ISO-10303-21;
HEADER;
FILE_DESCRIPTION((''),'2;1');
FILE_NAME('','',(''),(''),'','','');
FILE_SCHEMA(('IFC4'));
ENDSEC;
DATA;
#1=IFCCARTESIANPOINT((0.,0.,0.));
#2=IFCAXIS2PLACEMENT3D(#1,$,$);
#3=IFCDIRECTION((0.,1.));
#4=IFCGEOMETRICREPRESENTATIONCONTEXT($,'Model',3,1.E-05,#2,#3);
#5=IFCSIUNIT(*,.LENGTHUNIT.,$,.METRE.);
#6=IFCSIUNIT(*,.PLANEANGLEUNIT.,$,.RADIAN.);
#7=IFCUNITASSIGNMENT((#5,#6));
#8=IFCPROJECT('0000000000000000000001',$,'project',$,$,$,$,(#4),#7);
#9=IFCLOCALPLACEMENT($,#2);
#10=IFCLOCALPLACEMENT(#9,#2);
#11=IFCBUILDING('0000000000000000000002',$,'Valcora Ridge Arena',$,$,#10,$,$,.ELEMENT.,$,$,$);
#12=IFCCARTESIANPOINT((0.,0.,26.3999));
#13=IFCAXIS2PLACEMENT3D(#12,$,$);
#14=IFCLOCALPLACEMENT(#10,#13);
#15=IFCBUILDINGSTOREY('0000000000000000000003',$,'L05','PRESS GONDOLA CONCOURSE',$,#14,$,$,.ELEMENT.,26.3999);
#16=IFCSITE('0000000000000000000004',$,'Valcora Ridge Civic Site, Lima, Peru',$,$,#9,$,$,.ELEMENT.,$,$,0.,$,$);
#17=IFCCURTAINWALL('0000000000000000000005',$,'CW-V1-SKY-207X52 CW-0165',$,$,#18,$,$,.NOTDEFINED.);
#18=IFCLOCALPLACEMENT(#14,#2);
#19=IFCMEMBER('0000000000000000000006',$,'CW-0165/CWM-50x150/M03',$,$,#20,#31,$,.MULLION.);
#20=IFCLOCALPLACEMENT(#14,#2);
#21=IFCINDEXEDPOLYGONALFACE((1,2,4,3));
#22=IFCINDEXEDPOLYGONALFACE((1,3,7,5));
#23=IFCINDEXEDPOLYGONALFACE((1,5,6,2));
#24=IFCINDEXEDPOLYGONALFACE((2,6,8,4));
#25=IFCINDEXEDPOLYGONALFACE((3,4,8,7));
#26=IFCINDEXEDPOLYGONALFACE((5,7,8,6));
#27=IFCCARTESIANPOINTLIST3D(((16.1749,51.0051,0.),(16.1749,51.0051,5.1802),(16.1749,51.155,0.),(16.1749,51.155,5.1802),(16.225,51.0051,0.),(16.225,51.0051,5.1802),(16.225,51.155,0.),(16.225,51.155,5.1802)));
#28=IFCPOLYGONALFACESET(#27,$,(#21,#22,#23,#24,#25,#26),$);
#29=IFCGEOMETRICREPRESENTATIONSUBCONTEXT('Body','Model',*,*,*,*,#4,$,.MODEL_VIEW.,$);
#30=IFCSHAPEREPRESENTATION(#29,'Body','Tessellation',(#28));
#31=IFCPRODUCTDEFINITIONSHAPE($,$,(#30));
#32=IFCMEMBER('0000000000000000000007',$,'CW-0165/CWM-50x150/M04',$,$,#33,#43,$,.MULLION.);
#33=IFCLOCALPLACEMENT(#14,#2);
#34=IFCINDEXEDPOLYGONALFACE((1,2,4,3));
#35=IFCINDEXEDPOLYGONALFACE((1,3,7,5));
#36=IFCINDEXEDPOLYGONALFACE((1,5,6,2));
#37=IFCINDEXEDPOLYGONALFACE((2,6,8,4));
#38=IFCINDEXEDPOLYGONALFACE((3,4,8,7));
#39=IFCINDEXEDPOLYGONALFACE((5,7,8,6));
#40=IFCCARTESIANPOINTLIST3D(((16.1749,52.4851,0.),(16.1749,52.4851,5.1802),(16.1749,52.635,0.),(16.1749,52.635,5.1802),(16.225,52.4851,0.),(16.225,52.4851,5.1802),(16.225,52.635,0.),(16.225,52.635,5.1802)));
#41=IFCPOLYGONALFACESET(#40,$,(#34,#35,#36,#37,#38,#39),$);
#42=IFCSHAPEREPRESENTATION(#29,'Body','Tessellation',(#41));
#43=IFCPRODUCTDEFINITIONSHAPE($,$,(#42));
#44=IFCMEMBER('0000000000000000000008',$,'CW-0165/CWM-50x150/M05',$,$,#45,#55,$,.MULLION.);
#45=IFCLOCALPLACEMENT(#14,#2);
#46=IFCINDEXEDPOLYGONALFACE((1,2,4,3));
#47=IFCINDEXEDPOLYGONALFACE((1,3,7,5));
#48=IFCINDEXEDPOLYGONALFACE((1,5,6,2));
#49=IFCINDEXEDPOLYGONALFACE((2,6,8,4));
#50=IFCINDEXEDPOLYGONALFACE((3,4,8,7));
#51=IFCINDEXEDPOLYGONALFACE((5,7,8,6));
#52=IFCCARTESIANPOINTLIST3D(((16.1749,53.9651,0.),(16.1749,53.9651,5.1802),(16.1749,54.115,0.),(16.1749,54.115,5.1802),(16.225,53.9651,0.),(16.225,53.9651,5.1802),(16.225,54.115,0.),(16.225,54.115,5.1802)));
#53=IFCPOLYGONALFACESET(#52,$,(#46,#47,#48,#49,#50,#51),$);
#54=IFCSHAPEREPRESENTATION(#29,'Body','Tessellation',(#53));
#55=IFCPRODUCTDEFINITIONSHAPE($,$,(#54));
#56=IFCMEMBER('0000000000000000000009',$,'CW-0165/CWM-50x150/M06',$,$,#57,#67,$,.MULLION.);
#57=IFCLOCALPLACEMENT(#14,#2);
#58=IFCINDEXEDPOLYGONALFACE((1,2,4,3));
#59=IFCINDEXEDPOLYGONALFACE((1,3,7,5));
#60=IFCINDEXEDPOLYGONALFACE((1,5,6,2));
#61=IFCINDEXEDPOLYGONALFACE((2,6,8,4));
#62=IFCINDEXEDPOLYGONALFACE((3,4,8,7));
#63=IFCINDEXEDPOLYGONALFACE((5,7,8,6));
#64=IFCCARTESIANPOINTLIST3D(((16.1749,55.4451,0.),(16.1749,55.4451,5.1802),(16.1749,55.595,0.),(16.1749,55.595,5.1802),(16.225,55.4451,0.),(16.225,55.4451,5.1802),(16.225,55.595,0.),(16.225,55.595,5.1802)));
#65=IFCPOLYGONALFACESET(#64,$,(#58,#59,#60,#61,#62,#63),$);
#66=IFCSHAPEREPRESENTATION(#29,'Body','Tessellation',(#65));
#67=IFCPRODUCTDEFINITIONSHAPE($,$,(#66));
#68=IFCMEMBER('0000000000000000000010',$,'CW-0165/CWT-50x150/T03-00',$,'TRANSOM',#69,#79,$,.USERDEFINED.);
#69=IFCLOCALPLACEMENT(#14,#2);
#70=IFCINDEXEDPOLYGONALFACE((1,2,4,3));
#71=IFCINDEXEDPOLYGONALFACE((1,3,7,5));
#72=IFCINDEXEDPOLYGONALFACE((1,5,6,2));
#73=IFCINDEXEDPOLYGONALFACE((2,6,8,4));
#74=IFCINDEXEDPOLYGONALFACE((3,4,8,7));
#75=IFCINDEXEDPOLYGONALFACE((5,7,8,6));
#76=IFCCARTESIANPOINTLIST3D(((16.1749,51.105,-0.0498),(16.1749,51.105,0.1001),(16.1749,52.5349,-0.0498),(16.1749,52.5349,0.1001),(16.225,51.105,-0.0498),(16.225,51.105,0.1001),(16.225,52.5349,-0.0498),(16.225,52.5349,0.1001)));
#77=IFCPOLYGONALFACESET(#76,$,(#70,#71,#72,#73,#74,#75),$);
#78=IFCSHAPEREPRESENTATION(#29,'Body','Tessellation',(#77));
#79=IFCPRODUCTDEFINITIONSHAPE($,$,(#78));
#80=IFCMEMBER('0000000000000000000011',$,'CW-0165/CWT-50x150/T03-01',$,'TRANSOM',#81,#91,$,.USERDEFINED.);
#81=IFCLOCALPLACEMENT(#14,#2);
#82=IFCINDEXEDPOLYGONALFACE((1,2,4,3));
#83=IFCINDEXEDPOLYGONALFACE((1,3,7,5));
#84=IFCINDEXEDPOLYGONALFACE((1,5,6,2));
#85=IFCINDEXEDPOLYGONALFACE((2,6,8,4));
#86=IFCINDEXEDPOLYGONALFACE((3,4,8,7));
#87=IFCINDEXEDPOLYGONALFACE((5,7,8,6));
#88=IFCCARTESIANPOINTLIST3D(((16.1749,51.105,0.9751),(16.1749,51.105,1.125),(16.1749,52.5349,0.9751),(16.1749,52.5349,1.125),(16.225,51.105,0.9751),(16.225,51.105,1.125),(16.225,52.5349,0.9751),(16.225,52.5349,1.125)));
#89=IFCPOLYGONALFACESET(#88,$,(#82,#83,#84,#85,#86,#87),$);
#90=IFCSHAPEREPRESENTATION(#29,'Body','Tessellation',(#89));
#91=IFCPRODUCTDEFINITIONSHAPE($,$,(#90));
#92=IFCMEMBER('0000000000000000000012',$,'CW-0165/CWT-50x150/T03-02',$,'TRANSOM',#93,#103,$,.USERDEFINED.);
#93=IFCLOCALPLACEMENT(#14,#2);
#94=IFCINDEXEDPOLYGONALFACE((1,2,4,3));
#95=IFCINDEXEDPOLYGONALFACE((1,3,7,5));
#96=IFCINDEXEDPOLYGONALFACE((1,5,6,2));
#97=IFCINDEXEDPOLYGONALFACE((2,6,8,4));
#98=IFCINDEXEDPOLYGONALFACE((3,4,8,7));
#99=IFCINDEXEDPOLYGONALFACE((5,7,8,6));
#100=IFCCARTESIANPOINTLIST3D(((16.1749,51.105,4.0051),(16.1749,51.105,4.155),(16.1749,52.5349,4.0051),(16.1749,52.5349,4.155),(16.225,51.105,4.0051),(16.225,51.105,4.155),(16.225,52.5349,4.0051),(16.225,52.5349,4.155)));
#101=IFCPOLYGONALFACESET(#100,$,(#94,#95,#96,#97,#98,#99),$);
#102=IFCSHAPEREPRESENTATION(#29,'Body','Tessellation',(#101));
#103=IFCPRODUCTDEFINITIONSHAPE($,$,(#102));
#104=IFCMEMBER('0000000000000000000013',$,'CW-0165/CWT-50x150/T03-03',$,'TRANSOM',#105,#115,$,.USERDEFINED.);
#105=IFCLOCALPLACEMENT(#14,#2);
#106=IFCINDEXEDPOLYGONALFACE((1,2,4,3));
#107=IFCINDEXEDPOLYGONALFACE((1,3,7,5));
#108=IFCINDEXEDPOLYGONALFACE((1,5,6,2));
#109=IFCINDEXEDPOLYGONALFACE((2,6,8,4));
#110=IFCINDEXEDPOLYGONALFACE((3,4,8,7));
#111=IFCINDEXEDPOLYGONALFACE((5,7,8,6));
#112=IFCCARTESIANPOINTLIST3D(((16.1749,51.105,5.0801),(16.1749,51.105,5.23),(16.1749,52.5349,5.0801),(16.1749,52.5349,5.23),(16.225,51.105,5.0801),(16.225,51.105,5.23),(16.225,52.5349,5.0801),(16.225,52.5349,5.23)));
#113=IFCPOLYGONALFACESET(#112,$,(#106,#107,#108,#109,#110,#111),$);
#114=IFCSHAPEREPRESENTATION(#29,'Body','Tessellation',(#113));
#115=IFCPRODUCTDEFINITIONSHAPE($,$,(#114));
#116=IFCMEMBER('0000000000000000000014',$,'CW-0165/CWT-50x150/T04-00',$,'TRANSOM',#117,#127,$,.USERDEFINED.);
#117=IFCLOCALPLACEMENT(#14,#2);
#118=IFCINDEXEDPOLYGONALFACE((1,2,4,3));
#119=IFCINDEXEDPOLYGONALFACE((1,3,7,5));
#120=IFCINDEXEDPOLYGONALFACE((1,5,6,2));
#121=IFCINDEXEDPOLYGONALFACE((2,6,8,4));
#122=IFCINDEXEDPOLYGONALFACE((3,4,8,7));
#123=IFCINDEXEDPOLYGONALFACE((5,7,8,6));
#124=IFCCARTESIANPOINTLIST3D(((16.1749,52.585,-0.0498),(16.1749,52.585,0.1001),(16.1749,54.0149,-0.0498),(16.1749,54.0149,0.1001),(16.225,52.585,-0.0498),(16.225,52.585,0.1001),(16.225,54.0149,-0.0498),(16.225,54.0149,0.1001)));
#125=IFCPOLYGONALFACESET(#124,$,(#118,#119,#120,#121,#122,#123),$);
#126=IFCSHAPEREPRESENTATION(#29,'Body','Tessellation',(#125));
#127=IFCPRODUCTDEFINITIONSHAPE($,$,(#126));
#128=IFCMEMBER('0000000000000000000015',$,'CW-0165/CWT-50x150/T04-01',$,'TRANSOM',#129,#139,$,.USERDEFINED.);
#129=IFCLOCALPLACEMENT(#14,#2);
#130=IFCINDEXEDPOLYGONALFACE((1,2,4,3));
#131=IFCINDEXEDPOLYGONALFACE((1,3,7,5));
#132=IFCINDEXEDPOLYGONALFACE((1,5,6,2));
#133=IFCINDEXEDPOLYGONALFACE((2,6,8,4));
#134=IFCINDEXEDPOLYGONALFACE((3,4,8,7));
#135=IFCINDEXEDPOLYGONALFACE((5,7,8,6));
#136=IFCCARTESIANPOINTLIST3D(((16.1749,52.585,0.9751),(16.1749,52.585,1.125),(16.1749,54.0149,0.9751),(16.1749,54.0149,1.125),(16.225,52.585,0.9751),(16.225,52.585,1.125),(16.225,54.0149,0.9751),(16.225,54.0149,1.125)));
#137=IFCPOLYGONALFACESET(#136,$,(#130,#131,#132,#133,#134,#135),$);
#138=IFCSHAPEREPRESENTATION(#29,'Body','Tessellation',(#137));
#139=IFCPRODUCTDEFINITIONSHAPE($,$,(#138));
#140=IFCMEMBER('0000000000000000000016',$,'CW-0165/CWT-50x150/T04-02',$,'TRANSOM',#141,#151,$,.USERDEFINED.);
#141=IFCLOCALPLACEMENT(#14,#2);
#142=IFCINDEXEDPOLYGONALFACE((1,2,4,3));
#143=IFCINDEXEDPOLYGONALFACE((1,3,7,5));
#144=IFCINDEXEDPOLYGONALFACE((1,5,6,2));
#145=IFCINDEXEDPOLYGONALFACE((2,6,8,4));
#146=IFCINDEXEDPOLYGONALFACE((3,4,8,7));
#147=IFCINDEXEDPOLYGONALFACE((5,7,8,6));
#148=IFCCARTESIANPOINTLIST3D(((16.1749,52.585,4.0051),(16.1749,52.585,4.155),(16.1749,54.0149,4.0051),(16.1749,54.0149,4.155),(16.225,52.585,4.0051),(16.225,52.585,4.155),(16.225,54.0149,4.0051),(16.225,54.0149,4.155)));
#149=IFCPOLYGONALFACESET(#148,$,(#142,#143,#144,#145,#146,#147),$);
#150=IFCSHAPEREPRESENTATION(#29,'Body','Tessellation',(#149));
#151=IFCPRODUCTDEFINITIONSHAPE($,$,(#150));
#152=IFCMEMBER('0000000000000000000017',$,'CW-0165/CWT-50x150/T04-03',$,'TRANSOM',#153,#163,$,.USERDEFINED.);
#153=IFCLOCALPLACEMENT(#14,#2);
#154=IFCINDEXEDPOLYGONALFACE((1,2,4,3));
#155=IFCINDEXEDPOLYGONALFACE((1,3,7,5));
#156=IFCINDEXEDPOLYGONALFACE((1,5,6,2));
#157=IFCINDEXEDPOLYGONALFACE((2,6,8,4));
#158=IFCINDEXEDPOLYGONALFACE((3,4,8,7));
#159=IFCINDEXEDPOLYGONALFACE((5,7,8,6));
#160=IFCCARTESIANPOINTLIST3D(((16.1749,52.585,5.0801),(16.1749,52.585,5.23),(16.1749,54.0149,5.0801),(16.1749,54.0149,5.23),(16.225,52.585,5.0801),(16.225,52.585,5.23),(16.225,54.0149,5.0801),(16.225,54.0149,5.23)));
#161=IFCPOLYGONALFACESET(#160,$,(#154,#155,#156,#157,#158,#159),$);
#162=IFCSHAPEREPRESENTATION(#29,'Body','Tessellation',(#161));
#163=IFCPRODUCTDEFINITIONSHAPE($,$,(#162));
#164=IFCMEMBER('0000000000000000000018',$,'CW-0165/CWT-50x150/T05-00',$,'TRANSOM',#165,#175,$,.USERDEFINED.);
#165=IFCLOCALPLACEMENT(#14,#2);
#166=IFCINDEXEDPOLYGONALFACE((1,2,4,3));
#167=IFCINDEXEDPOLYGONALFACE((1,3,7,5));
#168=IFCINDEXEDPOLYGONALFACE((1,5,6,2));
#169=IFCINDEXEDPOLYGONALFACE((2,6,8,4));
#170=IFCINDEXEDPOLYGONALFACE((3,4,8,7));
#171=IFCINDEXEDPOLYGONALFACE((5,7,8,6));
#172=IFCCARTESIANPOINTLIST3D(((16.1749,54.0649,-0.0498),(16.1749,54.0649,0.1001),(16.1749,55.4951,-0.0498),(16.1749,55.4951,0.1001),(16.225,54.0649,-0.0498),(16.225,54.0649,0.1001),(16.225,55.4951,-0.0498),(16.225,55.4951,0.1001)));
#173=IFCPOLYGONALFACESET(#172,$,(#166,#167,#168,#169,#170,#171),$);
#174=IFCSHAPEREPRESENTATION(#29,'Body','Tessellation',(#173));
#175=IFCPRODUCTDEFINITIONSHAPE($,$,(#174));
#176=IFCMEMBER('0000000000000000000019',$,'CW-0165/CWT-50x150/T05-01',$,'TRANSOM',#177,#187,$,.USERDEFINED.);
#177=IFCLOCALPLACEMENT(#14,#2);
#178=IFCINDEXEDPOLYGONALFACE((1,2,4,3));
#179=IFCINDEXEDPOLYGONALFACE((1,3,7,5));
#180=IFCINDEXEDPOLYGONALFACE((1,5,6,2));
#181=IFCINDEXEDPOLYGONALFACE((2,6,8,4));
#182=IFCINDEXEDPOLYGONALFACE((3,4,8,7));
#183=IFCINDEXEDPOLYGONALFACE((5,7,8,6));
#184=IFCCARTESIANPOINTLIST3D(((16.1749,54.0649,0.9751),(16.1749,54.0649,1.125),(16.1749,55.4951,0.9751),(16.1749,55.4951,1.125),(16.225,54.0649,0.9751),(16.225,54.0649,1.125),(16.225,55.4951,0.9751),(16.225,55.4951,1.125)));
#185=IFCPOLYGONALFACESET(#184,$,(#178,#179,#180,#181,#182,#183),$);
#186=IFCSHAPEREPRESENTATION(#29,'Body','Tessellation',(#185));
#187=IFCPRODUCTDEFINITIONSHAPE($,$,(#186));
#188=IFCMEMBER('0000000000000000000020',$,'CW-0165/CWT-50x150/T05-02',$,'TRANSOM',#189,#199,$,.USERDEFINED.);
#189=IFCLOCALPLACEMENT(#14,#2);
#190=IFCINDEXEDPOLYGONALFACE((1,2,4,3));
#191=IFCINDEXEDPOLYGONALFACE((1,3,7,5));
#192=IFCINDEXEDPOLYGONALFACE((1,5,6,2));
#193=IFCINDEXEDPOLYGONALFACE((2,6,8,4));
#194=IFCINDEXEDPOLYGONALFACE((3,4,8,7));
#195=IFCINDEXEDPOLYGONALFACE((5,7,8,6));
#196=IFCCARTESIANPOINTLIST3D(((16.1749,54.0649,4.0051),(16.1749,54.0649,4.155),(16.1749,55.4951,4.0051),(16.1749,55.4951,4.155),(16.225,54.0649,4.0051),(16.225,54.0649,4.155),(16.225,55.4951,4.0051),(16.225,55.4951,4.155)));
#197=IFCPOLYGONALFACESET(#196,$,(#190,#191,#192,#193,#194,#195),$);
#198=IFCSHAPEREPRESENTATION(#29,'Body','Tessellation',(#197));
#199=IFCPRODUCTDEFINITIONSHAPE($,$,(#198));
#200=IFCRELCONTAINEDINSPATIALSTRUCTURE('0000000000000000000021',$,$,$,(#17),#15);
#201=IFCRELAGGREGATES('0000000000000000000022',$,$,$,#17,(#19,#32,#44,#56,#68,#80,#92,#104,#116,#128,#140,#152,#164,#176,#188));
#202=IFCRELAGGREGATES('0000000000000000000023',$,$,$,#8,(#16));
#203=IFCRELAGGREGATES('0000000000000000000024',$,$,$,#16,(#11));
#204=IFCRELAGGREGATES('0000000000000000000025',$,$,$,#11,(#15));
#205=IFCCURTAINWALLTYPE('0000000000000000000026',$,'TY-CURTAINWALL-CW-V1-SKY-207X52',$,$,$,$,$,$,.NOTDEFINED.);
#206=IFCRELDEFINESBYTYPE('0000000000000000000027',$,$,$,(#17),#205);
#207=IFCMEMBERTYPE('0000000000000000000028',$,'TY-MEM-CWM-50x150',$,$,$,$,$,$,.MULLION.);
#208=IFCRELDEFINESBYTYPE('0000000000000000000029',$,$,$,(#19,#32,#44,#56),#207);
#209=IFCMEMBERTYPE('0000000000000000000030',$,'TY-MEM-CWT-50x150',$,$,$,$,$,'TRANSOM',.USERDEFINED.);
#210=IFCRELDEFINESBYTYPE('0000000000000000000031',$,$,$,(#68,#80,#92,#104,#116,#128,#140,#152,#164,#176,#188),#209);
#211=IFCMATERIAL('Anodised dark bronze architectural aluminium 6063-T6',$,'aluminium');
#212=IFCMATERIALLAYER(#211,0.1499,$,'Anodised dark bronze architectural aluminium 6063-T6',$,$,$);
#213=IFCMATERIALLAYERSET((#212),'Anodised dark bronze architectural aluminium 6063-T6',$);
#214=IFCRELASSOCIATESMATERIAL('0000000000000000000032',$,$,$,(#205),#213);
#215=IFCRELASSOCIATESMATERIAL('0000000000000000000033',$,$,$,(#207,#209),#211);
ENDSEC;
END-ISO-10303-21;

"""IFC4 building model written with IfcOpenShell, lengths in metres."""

from ifc_helpers import new_model, si_unit, direction, frame, origin, origin_2d, place, context, subcontext, project, spatial, rectangle, extrude, material, layer, layer_set, material_profile, profile_set, type_object, element, aggregate, save


model = new_model("IFC4")

# Units and contexts
model_context = context("Model", 3, precision=1e-05, world=origin(), true_north=direction((0.0, 1.0)))
body_context = subcontext(model_context, "Body", "Model", "MODEL_VIEW")
ifc_project = project(units=[si_unit("LENGTHUNIT", "METRE"), si_unit("PLANEANGLEUNIT", "RADIAN")], contexts=[model_context])

# Site, building, storey
site_placement = place(None, origin())
site = spatial("IfcSite", under=ifc_project, at=site_placement, Name="Valcora Ridge Civic Site, Lima, Peru", CompositionType="ELEMENT", RefElevation=0.0)
building_placement = place(site_placement, origin())
building = spatial("IfcBuilding", under=site, at=building_placement, Name="Valcora Ridge Arena", CompositionType="ELEMENT")
storey_placement = place(building_placement, frame((0.0, 0.0, 26.3999)))
storey = spatial("IfcBuildingStorey", under=building, at=storey_placement, Name="L05", Description="PRESS GONDOLA CONCOURSE", CompositionType="ELEMENT", Elevation=26.3999)

# Curtain wall, members
ifc_material_1 = material(Name="Anodised dark bronze architectural aluminium 6063-T6", Category="aluminium")
ifc_layer_1 = layer(ifc_material_1, 0.1499, Name="Anodised dark bronze architectural aluminium 6063-T6")
ifc_layer_set_1 = layer_set([ifc_layer_1], Name="Anodised dark bronze architectural aluminium 6063-T6")
curtain_wall_type = type_object("IfcCurtainWallType", Name="TY-CURTAINWALL-CW-V1-SKY-207X52", PredefinedType="NOTDEFINED", material=ifc_layer_set_1)
curtain_wall_placement = place(storey_placement, origin())
curtain_wall = element("IfcCurtainWall", 1, at=curtain_wall_placement, inside=storey, type_object=curtain_wall_type, Name="CW-V1-SKY-207X52 CW-0165", PredefinedType="NOTDEFINED")
ifc_material_profile_1 = material_profile(ifc_material_1, rectangle(XDim=0.05, YDim=0.1499, at=origin_2d()), Name="ALU MULLION 50x150")
ifc_profile_set_1 = profile_set([ifc_material_profile_1], Name="Anodised dark bronze architectural aluminium 6063-T6")
member_type_1 = type_object("IfcMemberType", Name="TY-MEM-CWM-50x150", PredefinedType="MULLION", material=ifc_profile_set_1)
member_1_placement = place(storey_placement, frame((16.2, 51.0801, 0.0), z_axis=(0.0, 0.0, 1.0), x_axis=(-1.0, 0.0, 0.0)))
member_1 = element("IfcMember", 2, at=member_1_placement, type_object=member_type_1, Name="CW-0165/CWM-50x150/M03", PredefinedType="MULLION", context=body_context, shape_type="SweptSolid", body=[
    extrude(rectangle(XDim=0.05, YDim=0.1499, at=origin_2d()), origin(), (0.0, 0.0, 1.0), 5.1802),
])
member_2_placement = place(storey_placement, frame((16.2, 52.5601, 0.0), z_axis=(0.0, 0.0, 1.0), x_axis=(-1.0, 0.0, 0.0)))
member_2 = element("IfcMember", 3, at=member_2_placement, type_object=member_type_1, Name="CW-0165/CWM-50x150/M04", PredefinedType="MULLION", context=body_context, shape_type="SweptSolid", body=[
    extrude(rectangle(XDim=0.05, YDim=0.1499, at=origin_2d()), origin(), (0.0, 0.0, 1.0), 5.1802),
])
member_3_placement = place(storey_placement, frame((16.2, 54.04, 0.0), z_axis=(0.0, 0.0, 1.0), x_axis=(-1.0, 0.0, 0.0)))
member_3 = element("IfcMember", 4, at=member_3_placement, type_object=member_type_1, Name="CW-0165/CWM-50x150/M05", PredefinedType="MULLION", context=body_context, shape_type="SweptSolid", body=[
    extrude(rectangle(XDim=0.05, YDim=0.1499, at=origin_2d()), origin(), (0.0, 0.0, 1.0), 5.1802),
])
member_4_placement = place(storey_placement, frame((16.2, 55.52, 0.0), z_axis=(0.0, 0.0, 1.0), x_axis=(-1.0, 0.0, 0.0)))
member_4 = element("IfcMember", 5, at=member_4_placement, type_object=member_type_1, Name="CW-0165/CWM-50x150/M06", PredefinedType="MULLION", context=body_context, shape_type="SweptSolid", body=[
    extrude(rectangle(XDim=0.05, YDim=0.1499, at=origin_2d()), origin(), (0.0, 0.0, 1.0), 5.1802),
])
ifc_material_profile_2 = material_profile(ifc_material_1, rectangle(XDim=0.05, YDim=0.1499, at=origin_2d()), Name="ALU TRANSOM 50x150")
ifc_profile_set_2 = profile_set([ifc_material_profile_2], Name="Anodised dark bronze architectural aluminium 6063-T6")
member_type_2 = type_object("IfcMemberType", Name="TY-MEM-CWT-50x150", ElementType="TRANSOM", PredefinedType="USERDEFINED", material=ifc_profile_set_2)
member_5_placement = place(storey_placement, frame((16.2, 51.105, 0.0251), z_axis=(0.0, 1.0, 0.0), x_axis=(-1.0, 0.0, 0.0)))
member_5 = element("IfcMember", 6, at=member_5_placement, type_object=member_type_2, Name="CW-0165/CWT-50x150/T03-00", ObjectType="TRANSOM", PredefinedType="USERDEFINED", context=body_context, shape_type="SweptSolid", body=[
    extrude(rectangle(XDim=0.05, YDim=0.1499, at=origin_2d()), origin(), (0.0, 0.0, 1.0), 1.4299),
])
member_6_placement = place(storey_placement, frame((16.2, 51.105, 1.05), z_axis=(0.0, 1.0, 0.0), x_axis=(-1.0, 0.0, 0.0)))
member_6 = element("IfcMember", 7, at=member_6_placement, type_object=member_type_2, Name="CW-0165/CWT-50x150/T03-01", ObjectType="TRANSOM", PredefinedType="USERDEFINED", context=body_context, shape_type="SweptSolid", body=[
    extrude(rectangle(XDim=0.05, YDim=0.1499, at=origin_2d()), origin(), (0.0, 0.0, 1.0), 1.4299),
])
member_7_placement = place(storey_placement, frame((16.2, 51.105, 4.0801), z_axis=(0.0, 1.0, 0.0), x_axis=(-1.0, 0.0, 0.0)))
member_7 = element("IfcMember", 8, at=member_7_placement, type_object=member_type_2, Name="CW-0165/CWT-50x150/T03-02", ObjectType="TRANSOM", PredefinedType="USERDEFINED", context=body_context, shape_type="SweptSolid", body=[
    extrude(rectangle(XDim=0.05, YDim=0.1499, at=origin_2d()), origin(), (0.0, 0.0, 1.0), 1.4299),
])
member_8_placement = place(storey_placement, frame((16.2, 51.105, 5.155), z_axis=(0.0, 1.0, 0.0), x_axis=(-1.0, 0.0, 0.0)))
member_8 = element("IfcMember", 9, at=member_8_placement, type_object=member_type_2, Name="CW-0165/CWT-50x150/T03-03", ObjectType="TRANSOM", PredefinedType="USERDEFINED", context=body_context, shape_type="SweptSolid", body=[
    extrude(rectangle(XDim=0.05, YDim=0.1499, at=origin_2d()), origin(), (0.0, 0.0, 1.0), 1.4299),
])
member_9_placement = place(storey_placement, frame((16.2, 52.585, 0.0251), z_axis=(0.0, 1.0, 0.0), x_axis=(-1.0, 0.0, 0.0)))
member_9 = element("IfcMember", 10, at=member_9_placement, type_object=member_type_2, Name="CW-0165/CWT-50x150/T04-00", ObjectType="TRANSOM", PredefinedType="USERDEFINED", context=body_context, shape_type="SweptSolid", body=[
    extrude(rectangle(XDim=0.05, YDim=0.1499, at=origin_2d()), origin(), (0.0, 0.0, 1.0), 1.4299),
])
member_10_placement = place(storey_placement, frame((16.2, 52.585, 1.05), z_axis=(0.0, 1.0, 0.0), x_axis=(-1.0, 0.0, 0.0)))
member_10 = element("IfcMember", 11, at=member_10_placement, type_object=member_type_2, Name="CW-0165/CWT-50x150/T04-01", ObjectType="TRANSOM", PredefinedType="USERDEFINED", context=body_context, shape_type="SweptSolid", body=[
    extrude(rectangle(XDim=0.05, YDim=0.1499, at=origin_2d()), origin(), (0.0, 0.0, 1.0), 1.4299),
])
member_11_placement = place(storey_placement, frame((16.2, 52.585, 4.0801), z_axis=(0.0, 1.0, 0.0), x_axis=(-1.0, 0.0, 0.0)))
member_11 = element("IfcMember", 12, at=member_11_placement, type_object=member_type_2, Name="CW-0165/CWT-50x150/T04-02", ObjectType="TRANSOM", PredefinedType="USERDEFINED", context=body_context, shape_type="SweptSolid", body=[
    extrude(rectangle(XDim=0.05, YDim=0.1499, at=origin_2d()), origin(), (0.0, 0.0, 1.0), 1.4299),
])
member_12_placement = place(storey_placement, frame((16.2, 52.585, 5.155), z_axis=(0.0, 1.0, 0.0), x_axis=(-1.0, 0.0, 0.0)))
member_12 = element("IfcMember", 13, at=member_12_placement, type_object=member_type_2, Name="CW-0165/CWT-50x150/T04-03", ObjectType="TRANSOM", PredefinedType="USERDEFINED", context=body_context, shape_type="SweptSolid", body=[
    extrude(rectangle(XDim=0.05, YDim=0.1499, at=origin_2d()), origin(), (0.0, 0.0, 1.0), 1.4299),
])
member_13_placement = place(storey_placement, frame((16.2, 54.0649, 0.0251), z_axis=(0.0, 1.0, 0.0), x_axis=(-1.0, 0.0, 0.0)))
member_13 = element("IfcMember", 14, at=member_13_placement, type_object=member_type_2, Name="CW-0165/CWT-50x150/T05-00", ObjectType="TRANSOM", PredefinedType="USERDEFINED", context=body_context, shape_type="SweptSolid", body=[
    extrude(rectangle(XDim=0.05, YDim=0.1499, at=origin_2d()), origin(), (0.0, 0.0, 1.0), 1.4302),
])
member_14_placement = place(storey_placement, frame((16.2, 54.0649, 1.05), z_axis=(0.0, 1.0, 0.0), x_axis=(-1.0, 0.0, 0.0)))
member_14 = element("IfcMember", 15, at=member_14_placement, type_object=member_type_2, Name="CW-0165/CWT-50x150/T05-01", ObjectType="TRANSOM", PredefinedType="USERDEFINED", context=body_context, shape_type="SweptSolid", body=[
    extrude(rectangle(XDim=0.05, YDim=0.1499, at=origin_2d()), origin(), (0.0, 0.0, 1.0), 1.4302),
])
member_15_placement = place(storey_placement, frame((16.2, 54.0649, 4.0801), z_axis=(0.0, 1.0, 0.0), x_axis=(-1.0, 0.0, 0.0)))
member_15 = element("IfcMember", 16, at=member_15_placement, type_object=member_type_2, Name="CW-0165/CWT-50x150/T05-02", ObjectType="TRANSOM", PredefinedType="USERDEFINED", context=body_context, shape_type="SweptSolid", body=[
    extrude(rectangle(XDim=0.05, YDim=0.1499, at=origin_2d()), origin(), (0.0, 0.0, 1.0), 1.4302),
])
aggregate(curtain_wall, [member_1, member_2, member_3, member_4, member_5, member_6, member_7, member_8, member_9, member_10, member_11, member_12, member_13, member_14, member_15])

save(model, "model.ifc")
